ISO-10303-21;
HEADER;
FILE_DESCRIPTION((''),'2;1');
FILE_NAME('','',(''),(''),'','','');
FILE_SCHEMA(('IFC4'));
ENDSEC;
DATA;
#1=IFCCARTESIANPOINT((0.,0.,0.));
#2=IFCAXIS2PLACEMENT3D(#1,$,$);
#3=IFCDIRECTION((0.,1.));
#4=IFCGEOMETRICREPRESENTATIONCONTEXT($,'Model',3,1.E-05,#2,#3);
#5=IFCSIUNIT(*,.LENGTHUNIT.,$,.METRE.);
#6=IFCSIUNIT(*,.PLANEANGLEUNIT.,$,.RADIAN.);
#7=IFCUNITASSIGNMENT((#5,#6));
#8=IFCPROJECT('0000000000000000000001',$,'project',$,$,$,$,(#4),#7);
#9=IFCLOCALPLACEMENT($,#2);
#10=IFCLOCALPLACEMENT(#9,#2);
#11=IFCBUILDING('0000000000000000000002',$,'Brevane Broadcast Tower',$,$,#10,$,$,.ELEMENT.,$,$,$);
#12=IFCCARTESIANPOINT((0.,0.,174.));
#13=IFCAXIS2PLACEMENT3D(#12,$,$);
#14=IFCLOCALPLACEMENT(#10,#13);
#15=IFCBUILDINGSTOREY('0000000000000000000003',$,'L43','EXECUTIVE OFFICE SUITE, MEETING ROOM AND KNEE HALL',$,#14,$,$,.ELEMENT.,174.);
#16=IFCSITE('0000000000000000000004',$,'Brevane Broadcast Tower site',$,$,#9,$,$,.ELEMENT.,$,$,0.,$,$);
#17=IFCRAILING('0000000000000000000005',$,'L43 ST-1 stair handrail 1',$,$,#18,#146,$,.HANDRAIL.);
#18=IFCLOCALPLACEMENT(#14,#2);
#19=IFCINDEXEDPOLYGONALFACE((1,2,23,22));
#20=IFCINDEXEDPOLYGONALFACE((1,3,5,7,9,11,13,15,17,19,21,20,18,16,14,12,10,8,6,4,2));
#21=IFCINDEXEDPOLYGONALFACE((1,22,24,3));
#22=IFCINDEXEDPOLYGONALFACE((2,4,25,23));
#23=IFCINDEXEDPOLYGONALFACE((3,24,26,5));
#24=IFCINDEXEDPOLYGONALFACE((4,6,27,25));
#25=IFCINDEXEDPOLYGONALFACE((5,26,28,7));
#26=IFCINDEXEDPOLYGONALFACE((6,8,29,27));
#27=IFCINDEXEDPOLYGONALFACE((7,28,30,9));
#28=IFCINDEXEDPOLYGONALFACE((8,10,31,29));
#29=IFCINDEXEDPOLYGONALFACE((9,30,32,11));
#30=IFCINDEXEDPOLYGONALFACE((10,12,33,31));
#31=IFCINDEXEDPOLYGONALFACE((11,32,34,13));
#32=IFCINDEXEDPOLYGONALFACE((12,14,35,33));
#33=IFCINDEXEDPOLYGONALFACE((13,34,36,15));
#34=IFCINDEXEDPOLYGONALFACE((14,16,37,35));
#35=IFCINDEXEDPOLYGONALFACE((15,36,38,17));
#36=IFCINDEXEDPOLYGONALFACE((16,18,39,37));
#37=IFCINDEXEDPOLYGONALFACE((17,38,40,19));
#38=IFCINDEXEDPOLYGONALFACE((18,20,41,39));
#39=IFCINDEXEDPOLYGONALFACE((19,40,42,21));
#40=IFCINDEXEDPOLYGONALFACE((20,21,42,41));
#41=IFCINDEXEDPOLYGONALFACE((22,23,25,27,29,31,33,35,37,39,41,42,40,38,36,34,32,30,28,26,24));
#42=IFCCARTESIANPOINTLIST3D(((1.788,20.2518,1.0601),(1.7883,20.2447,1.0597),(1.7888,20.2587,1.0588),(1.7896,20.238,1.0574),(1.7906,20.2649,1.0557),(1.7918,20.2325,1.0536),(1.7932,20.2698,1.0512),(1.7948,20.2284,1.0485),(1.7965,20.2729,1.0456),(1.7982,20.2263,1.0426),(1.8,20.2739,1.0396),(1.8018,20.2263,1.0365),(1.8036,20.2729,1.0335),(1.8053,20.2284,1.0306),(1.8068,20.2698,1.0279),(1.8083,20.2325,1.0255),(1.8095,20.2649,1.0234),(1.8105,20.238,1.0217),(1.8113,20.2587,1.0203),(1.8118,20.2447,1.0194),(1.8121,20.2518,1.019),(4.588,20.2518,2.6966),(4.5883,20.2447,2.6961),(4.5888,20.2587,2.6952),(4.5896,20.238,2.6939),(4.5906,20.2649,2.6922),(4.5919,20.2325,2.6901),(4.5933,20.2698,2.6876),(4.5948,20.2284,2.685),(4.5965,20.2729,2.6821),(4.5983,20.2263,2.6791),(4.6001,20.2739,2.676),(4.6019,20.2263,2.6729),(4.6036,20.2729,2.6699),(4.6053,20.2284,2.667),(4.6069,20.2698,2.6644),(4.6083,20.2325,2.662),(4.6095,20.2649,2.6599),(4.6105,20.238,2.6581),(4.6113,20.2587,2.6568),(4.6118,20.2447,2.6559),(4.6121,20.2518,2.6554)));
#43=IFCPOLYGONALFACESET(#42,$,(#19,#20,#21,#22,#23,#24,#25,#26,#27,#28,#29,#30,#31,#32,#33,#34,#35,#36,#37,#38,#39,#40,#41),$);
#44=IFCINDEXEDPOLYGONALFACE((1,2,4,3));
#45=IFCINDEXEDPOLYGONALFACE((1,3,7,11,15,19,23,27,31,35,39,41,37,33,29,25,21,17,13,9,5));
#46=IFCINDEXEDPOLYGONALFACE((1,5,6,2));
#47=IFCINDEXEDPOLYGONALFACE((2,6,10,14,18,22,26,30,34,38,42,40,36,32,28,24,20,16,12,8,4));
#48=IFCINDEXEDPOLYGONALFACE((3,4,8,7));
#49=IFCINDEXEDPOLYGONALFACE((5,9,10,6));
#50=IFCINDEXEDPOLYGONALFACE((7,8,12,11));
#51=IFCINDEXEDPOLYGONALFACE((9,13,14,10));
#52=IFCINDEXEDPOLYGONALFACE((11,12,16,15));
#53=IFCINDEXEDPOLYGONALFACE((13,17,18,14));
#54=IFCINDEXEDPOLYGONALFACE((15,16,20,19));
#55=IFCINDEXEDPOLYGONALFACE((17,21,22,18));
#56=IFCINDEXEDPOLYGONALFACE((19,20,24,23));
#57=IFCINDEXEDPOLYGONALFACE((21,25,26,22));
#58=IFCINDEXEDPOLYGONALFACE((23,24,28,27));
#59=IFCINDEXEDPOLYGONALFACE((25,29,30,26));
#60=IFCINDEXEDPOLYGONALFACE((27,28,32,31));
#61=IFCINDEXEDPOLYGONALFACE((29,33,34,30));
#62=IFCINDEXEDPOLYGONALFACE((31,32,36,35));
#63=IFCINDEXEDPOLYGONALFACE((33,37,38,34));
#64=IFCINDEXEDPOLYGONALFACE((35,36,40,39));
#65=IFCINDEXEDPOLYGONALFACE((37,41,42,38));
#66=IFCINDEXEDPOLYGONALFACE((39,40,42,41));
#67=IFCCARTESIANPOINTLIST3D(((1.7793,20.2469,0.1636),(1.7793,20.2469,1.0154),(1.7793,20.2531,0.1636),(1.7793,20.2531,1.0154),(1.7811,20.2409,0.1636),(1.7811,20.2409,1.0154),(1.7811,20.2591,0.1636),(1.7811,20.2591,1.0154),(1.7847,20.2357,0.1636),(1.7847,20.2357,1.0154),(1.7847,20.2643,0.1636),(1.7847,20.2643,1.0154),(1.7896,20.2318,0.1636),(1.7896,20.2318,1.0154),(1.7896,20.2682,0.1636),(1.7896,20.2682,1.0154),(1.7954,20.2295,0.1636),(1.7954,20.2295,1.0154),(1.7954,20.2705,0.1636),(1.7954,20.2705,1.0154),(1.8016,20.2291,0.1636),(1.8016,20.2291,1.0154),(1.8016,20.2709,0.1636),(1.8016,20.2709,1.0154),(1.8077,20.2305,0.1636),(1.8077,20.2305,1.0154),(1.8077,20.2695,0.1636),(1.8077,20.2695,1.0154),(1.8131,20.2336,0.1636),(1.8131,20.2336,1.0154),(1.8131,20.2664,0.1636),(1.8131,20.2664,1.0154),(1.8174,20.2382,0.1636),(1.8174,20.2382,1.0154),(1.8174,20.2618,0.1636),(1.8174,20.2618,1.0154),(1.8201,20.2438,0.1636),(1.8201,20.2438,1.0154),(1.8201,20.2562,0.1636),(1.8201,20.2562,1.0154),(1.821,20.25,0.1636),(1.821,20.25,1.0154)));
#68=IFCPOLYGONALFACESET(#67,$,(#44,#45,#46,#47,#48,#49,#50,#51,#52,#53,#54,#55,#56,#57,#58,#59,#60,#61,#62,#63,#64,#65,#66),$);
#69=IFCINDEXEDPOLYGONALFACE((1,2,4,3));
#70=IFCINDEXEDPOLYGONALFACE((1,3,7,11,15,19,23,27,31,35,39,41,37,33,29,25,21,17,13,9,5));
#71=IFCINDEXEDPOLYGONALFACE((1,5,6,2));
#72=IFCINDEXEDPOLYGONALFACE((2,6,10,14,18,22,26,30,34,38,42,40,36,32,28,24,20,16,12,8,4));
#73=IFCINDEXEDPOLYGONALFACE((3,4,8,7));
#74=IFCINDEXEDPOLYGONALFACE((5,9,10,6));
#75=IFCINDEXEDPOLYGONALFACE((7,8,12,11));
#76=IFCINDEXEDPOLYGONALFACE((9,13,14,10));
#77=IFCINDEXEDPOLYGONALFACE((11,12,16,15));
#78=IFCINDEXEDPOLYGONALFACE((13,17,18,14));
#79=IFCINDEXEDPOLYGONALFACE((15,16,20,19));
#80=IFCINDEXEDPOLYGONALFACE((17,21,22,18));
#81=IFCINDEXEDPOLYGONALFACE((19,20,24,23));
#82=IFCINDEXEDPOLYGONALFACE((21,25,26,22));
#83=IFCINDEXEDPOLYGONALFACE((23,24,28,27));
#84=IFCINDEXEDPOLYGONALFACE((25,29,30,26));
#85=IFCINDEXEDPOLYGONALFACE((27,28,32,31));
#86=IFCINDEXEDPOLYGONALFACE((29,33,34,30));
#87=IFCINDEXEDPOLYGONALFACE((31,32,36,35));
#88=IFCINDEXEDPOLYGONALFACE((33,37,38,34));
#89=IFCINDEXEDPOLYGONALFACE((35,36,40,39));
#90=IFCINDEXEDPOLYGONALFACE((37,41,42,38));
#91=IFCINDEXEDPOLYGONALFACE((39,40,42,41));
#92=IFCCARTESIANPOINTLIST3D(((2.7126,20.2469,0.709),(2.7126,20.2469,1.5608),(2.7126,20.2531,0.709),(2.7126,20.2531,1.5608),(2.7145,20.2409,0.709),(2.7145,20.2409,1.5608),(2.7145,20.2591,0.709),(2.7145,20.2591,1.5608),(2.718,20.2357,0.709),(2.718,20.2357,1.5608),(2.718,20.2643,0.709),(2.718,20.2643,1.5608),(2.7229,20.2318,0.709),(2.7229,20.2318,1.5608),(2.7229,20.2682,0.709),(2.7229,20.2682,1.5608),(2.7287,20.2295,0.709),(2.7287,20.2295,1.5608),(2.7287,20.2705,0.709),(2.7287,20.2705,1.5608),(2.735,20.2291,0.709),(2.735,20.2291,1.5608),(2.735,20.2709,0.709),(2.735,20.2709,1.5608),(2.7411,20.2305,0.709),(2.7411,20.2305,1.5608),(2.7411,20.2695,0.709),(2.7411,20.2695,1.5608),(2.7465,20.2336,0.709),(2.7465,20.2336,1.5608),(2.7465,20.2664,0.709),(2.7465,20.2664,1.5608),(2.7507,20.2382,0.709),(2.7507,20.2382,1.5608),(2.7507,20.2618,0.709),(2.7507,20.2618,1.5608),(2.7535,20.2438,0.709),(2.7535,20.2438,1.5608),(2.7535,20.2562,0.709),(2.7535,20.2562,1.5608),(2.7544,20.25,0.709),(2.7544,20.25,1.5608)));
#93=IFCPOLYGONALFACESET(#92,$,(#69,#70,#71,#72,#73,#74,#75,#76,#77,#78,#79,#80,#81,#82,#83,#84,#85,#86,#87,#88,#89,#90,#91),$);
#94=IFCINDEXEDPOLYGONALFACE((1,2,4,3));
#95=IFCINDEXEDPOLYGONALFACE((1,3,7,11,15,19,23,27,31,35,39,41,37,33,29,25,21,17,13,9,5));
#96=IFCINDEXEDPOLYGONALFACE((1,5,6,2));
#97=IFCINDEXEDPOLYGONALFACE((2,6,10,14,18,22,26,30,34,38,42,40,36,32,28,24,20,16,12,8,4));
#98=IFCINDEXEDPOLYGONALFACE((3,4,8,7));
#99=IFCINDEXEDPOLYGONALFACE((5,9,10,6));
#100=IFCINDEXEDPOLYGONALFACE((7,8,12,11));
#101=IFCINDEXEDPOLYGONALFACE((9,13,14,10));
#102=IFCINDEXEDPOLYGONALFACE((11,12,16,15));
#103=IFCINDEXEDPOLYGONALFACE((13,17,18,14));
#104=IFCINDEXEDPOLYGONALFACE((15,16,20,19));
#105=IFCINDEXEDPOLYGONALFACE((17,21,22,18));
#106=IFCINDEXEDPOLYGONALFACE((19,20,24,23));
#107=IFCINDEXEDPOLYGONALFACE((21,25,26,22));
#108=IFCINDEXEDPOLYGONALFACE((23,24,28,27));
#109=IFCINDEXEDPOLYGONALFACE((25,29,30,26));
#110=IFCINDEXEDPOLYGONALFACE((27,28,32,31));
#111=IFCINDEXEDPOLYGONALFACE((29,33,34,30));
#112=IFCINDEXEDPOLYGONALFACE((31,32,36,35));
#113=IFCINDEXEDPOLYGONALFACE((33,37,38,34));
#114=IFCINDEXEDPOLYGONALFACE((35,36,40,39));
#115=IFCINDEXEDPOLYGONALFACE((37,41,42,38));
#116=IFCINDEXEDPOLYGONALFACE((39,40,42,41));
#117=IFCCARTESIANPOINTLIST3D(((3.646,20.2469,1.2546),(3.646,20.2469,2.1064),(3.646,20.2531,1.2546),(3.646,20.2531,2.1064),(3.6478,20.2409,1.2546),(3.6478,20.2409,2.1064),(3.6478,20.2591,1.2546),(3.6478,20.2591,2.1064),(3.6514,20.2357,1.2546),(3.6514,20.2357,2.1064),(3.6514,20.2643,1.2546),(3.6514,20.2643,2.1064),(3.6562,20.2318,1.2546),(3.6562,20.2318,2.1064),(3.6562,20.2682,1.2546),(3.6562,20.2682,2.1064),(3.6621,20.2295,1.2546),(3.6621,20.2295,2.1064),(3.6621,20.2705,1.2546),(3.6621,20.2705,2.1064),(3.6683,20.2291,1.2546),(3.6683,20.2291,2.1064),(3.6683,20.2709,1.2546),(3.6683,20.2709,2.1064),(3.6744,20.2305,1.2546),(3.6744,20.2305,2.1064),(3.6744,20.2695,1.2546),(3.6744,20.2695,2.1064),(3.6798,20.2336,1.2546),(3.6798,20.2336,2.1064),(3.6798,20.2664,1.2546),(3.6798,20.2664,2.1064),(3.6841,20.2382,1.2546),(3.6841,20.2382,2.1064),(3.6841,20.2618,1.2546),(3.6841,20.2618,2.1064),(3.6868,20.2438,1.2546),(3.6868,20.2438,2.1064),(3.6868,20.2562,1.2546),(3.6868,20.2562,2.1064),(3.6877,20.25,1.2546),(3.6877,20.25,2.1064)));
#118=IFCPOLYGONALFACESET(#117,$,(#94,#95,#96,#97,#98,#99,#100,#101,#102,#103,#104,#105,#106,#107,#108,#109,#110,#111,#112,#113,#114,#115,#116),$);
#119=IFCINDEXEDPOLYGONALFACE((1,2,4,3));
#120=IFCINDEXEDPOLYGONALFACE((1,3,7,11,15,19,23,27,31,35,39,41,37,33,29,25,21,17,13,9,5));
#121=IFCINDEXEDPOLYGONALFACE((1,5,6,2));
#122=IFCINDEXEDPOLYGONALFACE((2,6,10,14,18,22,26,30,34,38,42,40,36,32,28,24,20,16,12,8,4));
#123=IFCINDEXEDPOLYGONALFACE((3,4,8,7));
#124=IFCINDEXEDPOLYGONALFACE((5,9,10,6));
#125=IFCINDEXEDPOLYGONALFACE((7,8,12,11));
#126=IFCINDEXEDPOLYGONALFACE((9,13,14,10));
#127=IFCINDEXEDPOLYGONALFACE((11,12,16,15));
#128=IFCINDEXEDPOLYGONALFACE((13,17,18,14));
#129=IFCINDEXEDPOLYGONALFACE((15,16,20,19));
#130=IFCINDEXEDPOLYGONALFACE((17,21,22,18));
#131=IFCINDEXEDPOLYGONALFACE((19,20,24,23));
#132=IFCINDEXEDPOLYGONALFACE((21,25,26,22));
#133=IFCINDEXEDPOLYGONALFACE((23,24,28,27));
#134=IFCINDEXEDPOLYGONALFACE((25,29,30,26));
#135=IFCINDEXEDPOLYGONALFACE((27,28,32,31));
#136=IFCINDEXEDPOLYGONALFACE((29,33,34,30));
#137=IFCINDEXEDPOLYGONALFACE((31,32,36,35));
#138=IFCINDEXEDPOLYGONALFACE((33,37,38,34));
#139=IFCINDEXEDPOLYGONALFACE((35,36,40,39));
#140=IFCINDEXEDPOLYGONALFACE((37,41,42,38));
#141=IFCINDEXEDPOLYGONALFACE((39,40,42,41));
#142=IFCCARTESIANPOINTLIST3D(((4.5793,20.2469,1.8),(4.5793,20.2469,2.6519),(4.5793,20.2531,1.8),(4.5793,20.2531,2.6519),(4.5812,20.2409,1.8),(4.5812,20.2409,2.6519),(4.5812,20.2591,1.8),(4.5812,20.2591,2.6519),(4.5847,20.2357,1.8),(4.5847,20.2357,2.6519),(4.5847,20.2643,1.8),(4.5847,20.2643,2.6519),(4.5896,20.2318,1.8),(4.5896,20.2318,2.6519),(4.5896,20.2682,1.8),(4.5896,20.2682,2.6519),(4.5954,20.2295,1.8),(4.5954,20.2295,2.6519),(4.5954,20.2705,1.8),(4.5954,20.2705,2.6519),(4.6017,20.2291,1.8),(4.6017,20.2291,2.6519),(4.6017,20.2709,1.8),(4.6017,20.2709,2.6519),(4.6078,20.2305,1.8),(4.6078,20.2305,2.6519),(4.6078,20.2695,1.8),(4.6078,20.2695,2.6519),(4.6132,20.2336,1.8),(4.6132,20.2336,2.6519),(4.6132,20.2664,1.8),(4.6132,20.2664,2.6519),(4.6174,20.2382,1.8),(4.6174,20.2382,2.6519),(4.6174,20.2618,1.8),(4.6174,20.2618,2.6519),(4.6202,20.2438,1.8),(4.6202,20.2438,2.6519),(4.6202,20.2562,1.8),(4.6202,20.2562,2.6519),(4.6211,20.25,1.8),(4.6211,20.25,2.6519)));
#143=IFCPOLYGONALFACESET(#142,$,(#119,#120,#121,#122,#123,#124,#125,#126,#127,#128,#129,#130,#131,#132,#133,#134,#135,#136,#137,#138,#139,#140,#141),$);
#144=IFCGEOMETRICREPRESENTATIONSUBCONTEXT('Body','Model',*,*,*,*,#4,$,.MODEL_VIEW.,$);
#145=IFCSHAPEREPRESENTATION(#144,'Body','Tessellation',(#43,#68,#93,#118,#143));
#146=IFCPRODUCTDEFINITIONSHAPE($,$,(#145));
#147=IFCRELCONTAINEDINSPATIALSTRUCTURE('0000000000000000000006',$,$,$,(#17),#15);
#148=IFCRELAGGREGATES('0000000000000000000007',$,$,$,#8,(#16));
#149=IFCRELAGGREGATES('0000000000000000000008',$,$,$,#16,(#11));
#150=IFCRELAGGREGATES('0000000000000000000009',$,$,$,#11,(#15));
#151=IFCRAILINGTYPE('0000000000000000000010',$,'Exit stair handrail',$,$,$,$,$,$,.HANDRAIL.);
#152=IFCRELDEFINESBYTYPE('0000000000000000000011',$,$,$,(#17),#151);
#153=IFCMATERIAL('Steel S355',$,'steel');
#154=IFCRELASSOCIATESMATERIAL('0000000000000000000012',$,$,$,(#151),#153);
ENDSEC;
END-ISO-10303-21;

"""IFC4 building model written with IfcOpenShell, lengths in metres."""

from ifc_helpers import new_model, si_unit, direction, frame, origin, origin_2d, place, context, subcontext, project, spatial, circle, extrude, material, type_object, element, save


model = new_model("IFC4")

# Units and contexts
model_context = context("Model", 3, precision=1e-05, world=origin(), true_north=direction((0.0, 1.0)))
body_context = subcontext(model_context, "Body", "Model", "MODEL_VIEW")
ifc_project = project(units=[si_unit("LENGTHUNIT", "METRE"), si_unit("PLANEANGLEUNIT", "RADIAN")], contexts=[model_context])

# Site, building, storey
site_placement = place(None, origin())
site = spatial("IfcSite", under=ifc_project, at=site_placement, Name="Brevane Broadcast Tower site", CompositionType="ELEMENT", RefElevation=0.0)
building_placement = place(site_placement, origin())
building = spatial("IfcBuilding", under=site, at=building_placement, Name="Brevane Broadcast Tower", CompositionType="ELEMENT")
storey_placement = place(building_placement, frame((0.0, 0.0, 174.0)))
storey = spatial("IfcBuildingStorey", under=building, at=storey_placement, Name="L43", Description="EXECUTIVE OFFICE SUITE, MEETING ROOM AND KNEE HALL", CompositionType="ELEMENT", Elevation=174.0)

# Railing
ifc_material_1 = material(Name="Steel S355", Category="steel")
railing_type_1 = type_object("IfcRailingType", Name="Exit stair handrail", PredefinedType="HANDRAIL", material=ifc_material_1)
railing_1_placement = place(storey_placement, frame((1.8, 20.25, 0.1636)))
element("IfcRailing", 1, at=railing_1_placement, inside=storey, type_object=railing_type_1, Name="L43 ST-1 stair handrail 1", PredefinedType="HANDRAIL", context=body_context, shape_type="SweptSolid", body=[
    extrude(circle(Radius=0.0239, at=origin_2d()), frame((0.0, 0.0, 0.876), z_axis=(0.863361, 0.0, 0.504587), x_axis=(0.0, 1.0, 0.0)), (0.0, 0.0, 1.0), 3.2432),
    extrude(circle(Radius=0.021, at=origin_2d()), origin(), (0.0, 0.0, 1.0), 0.8518),
    extrude(circle(Radius=0.021, at=origin_2d()), frame((0.9333, 0.0, 0.5454)), (0.0, 0.0, 1.0), 0.8518),
    extrude(circle(Radius=0.021, at=origin_2d()), frame((1.8667, 0.0, 1.0911)), (0.0, 0.0, 1.0), 0.8518),
    extrude(circle(Radius=0.021, at=origin_2d()), frame((2.8, 0.0, 1.6365)), (0.0, 0.0, 1.0), 0.8518),
])

save(model, "model.ifc")
